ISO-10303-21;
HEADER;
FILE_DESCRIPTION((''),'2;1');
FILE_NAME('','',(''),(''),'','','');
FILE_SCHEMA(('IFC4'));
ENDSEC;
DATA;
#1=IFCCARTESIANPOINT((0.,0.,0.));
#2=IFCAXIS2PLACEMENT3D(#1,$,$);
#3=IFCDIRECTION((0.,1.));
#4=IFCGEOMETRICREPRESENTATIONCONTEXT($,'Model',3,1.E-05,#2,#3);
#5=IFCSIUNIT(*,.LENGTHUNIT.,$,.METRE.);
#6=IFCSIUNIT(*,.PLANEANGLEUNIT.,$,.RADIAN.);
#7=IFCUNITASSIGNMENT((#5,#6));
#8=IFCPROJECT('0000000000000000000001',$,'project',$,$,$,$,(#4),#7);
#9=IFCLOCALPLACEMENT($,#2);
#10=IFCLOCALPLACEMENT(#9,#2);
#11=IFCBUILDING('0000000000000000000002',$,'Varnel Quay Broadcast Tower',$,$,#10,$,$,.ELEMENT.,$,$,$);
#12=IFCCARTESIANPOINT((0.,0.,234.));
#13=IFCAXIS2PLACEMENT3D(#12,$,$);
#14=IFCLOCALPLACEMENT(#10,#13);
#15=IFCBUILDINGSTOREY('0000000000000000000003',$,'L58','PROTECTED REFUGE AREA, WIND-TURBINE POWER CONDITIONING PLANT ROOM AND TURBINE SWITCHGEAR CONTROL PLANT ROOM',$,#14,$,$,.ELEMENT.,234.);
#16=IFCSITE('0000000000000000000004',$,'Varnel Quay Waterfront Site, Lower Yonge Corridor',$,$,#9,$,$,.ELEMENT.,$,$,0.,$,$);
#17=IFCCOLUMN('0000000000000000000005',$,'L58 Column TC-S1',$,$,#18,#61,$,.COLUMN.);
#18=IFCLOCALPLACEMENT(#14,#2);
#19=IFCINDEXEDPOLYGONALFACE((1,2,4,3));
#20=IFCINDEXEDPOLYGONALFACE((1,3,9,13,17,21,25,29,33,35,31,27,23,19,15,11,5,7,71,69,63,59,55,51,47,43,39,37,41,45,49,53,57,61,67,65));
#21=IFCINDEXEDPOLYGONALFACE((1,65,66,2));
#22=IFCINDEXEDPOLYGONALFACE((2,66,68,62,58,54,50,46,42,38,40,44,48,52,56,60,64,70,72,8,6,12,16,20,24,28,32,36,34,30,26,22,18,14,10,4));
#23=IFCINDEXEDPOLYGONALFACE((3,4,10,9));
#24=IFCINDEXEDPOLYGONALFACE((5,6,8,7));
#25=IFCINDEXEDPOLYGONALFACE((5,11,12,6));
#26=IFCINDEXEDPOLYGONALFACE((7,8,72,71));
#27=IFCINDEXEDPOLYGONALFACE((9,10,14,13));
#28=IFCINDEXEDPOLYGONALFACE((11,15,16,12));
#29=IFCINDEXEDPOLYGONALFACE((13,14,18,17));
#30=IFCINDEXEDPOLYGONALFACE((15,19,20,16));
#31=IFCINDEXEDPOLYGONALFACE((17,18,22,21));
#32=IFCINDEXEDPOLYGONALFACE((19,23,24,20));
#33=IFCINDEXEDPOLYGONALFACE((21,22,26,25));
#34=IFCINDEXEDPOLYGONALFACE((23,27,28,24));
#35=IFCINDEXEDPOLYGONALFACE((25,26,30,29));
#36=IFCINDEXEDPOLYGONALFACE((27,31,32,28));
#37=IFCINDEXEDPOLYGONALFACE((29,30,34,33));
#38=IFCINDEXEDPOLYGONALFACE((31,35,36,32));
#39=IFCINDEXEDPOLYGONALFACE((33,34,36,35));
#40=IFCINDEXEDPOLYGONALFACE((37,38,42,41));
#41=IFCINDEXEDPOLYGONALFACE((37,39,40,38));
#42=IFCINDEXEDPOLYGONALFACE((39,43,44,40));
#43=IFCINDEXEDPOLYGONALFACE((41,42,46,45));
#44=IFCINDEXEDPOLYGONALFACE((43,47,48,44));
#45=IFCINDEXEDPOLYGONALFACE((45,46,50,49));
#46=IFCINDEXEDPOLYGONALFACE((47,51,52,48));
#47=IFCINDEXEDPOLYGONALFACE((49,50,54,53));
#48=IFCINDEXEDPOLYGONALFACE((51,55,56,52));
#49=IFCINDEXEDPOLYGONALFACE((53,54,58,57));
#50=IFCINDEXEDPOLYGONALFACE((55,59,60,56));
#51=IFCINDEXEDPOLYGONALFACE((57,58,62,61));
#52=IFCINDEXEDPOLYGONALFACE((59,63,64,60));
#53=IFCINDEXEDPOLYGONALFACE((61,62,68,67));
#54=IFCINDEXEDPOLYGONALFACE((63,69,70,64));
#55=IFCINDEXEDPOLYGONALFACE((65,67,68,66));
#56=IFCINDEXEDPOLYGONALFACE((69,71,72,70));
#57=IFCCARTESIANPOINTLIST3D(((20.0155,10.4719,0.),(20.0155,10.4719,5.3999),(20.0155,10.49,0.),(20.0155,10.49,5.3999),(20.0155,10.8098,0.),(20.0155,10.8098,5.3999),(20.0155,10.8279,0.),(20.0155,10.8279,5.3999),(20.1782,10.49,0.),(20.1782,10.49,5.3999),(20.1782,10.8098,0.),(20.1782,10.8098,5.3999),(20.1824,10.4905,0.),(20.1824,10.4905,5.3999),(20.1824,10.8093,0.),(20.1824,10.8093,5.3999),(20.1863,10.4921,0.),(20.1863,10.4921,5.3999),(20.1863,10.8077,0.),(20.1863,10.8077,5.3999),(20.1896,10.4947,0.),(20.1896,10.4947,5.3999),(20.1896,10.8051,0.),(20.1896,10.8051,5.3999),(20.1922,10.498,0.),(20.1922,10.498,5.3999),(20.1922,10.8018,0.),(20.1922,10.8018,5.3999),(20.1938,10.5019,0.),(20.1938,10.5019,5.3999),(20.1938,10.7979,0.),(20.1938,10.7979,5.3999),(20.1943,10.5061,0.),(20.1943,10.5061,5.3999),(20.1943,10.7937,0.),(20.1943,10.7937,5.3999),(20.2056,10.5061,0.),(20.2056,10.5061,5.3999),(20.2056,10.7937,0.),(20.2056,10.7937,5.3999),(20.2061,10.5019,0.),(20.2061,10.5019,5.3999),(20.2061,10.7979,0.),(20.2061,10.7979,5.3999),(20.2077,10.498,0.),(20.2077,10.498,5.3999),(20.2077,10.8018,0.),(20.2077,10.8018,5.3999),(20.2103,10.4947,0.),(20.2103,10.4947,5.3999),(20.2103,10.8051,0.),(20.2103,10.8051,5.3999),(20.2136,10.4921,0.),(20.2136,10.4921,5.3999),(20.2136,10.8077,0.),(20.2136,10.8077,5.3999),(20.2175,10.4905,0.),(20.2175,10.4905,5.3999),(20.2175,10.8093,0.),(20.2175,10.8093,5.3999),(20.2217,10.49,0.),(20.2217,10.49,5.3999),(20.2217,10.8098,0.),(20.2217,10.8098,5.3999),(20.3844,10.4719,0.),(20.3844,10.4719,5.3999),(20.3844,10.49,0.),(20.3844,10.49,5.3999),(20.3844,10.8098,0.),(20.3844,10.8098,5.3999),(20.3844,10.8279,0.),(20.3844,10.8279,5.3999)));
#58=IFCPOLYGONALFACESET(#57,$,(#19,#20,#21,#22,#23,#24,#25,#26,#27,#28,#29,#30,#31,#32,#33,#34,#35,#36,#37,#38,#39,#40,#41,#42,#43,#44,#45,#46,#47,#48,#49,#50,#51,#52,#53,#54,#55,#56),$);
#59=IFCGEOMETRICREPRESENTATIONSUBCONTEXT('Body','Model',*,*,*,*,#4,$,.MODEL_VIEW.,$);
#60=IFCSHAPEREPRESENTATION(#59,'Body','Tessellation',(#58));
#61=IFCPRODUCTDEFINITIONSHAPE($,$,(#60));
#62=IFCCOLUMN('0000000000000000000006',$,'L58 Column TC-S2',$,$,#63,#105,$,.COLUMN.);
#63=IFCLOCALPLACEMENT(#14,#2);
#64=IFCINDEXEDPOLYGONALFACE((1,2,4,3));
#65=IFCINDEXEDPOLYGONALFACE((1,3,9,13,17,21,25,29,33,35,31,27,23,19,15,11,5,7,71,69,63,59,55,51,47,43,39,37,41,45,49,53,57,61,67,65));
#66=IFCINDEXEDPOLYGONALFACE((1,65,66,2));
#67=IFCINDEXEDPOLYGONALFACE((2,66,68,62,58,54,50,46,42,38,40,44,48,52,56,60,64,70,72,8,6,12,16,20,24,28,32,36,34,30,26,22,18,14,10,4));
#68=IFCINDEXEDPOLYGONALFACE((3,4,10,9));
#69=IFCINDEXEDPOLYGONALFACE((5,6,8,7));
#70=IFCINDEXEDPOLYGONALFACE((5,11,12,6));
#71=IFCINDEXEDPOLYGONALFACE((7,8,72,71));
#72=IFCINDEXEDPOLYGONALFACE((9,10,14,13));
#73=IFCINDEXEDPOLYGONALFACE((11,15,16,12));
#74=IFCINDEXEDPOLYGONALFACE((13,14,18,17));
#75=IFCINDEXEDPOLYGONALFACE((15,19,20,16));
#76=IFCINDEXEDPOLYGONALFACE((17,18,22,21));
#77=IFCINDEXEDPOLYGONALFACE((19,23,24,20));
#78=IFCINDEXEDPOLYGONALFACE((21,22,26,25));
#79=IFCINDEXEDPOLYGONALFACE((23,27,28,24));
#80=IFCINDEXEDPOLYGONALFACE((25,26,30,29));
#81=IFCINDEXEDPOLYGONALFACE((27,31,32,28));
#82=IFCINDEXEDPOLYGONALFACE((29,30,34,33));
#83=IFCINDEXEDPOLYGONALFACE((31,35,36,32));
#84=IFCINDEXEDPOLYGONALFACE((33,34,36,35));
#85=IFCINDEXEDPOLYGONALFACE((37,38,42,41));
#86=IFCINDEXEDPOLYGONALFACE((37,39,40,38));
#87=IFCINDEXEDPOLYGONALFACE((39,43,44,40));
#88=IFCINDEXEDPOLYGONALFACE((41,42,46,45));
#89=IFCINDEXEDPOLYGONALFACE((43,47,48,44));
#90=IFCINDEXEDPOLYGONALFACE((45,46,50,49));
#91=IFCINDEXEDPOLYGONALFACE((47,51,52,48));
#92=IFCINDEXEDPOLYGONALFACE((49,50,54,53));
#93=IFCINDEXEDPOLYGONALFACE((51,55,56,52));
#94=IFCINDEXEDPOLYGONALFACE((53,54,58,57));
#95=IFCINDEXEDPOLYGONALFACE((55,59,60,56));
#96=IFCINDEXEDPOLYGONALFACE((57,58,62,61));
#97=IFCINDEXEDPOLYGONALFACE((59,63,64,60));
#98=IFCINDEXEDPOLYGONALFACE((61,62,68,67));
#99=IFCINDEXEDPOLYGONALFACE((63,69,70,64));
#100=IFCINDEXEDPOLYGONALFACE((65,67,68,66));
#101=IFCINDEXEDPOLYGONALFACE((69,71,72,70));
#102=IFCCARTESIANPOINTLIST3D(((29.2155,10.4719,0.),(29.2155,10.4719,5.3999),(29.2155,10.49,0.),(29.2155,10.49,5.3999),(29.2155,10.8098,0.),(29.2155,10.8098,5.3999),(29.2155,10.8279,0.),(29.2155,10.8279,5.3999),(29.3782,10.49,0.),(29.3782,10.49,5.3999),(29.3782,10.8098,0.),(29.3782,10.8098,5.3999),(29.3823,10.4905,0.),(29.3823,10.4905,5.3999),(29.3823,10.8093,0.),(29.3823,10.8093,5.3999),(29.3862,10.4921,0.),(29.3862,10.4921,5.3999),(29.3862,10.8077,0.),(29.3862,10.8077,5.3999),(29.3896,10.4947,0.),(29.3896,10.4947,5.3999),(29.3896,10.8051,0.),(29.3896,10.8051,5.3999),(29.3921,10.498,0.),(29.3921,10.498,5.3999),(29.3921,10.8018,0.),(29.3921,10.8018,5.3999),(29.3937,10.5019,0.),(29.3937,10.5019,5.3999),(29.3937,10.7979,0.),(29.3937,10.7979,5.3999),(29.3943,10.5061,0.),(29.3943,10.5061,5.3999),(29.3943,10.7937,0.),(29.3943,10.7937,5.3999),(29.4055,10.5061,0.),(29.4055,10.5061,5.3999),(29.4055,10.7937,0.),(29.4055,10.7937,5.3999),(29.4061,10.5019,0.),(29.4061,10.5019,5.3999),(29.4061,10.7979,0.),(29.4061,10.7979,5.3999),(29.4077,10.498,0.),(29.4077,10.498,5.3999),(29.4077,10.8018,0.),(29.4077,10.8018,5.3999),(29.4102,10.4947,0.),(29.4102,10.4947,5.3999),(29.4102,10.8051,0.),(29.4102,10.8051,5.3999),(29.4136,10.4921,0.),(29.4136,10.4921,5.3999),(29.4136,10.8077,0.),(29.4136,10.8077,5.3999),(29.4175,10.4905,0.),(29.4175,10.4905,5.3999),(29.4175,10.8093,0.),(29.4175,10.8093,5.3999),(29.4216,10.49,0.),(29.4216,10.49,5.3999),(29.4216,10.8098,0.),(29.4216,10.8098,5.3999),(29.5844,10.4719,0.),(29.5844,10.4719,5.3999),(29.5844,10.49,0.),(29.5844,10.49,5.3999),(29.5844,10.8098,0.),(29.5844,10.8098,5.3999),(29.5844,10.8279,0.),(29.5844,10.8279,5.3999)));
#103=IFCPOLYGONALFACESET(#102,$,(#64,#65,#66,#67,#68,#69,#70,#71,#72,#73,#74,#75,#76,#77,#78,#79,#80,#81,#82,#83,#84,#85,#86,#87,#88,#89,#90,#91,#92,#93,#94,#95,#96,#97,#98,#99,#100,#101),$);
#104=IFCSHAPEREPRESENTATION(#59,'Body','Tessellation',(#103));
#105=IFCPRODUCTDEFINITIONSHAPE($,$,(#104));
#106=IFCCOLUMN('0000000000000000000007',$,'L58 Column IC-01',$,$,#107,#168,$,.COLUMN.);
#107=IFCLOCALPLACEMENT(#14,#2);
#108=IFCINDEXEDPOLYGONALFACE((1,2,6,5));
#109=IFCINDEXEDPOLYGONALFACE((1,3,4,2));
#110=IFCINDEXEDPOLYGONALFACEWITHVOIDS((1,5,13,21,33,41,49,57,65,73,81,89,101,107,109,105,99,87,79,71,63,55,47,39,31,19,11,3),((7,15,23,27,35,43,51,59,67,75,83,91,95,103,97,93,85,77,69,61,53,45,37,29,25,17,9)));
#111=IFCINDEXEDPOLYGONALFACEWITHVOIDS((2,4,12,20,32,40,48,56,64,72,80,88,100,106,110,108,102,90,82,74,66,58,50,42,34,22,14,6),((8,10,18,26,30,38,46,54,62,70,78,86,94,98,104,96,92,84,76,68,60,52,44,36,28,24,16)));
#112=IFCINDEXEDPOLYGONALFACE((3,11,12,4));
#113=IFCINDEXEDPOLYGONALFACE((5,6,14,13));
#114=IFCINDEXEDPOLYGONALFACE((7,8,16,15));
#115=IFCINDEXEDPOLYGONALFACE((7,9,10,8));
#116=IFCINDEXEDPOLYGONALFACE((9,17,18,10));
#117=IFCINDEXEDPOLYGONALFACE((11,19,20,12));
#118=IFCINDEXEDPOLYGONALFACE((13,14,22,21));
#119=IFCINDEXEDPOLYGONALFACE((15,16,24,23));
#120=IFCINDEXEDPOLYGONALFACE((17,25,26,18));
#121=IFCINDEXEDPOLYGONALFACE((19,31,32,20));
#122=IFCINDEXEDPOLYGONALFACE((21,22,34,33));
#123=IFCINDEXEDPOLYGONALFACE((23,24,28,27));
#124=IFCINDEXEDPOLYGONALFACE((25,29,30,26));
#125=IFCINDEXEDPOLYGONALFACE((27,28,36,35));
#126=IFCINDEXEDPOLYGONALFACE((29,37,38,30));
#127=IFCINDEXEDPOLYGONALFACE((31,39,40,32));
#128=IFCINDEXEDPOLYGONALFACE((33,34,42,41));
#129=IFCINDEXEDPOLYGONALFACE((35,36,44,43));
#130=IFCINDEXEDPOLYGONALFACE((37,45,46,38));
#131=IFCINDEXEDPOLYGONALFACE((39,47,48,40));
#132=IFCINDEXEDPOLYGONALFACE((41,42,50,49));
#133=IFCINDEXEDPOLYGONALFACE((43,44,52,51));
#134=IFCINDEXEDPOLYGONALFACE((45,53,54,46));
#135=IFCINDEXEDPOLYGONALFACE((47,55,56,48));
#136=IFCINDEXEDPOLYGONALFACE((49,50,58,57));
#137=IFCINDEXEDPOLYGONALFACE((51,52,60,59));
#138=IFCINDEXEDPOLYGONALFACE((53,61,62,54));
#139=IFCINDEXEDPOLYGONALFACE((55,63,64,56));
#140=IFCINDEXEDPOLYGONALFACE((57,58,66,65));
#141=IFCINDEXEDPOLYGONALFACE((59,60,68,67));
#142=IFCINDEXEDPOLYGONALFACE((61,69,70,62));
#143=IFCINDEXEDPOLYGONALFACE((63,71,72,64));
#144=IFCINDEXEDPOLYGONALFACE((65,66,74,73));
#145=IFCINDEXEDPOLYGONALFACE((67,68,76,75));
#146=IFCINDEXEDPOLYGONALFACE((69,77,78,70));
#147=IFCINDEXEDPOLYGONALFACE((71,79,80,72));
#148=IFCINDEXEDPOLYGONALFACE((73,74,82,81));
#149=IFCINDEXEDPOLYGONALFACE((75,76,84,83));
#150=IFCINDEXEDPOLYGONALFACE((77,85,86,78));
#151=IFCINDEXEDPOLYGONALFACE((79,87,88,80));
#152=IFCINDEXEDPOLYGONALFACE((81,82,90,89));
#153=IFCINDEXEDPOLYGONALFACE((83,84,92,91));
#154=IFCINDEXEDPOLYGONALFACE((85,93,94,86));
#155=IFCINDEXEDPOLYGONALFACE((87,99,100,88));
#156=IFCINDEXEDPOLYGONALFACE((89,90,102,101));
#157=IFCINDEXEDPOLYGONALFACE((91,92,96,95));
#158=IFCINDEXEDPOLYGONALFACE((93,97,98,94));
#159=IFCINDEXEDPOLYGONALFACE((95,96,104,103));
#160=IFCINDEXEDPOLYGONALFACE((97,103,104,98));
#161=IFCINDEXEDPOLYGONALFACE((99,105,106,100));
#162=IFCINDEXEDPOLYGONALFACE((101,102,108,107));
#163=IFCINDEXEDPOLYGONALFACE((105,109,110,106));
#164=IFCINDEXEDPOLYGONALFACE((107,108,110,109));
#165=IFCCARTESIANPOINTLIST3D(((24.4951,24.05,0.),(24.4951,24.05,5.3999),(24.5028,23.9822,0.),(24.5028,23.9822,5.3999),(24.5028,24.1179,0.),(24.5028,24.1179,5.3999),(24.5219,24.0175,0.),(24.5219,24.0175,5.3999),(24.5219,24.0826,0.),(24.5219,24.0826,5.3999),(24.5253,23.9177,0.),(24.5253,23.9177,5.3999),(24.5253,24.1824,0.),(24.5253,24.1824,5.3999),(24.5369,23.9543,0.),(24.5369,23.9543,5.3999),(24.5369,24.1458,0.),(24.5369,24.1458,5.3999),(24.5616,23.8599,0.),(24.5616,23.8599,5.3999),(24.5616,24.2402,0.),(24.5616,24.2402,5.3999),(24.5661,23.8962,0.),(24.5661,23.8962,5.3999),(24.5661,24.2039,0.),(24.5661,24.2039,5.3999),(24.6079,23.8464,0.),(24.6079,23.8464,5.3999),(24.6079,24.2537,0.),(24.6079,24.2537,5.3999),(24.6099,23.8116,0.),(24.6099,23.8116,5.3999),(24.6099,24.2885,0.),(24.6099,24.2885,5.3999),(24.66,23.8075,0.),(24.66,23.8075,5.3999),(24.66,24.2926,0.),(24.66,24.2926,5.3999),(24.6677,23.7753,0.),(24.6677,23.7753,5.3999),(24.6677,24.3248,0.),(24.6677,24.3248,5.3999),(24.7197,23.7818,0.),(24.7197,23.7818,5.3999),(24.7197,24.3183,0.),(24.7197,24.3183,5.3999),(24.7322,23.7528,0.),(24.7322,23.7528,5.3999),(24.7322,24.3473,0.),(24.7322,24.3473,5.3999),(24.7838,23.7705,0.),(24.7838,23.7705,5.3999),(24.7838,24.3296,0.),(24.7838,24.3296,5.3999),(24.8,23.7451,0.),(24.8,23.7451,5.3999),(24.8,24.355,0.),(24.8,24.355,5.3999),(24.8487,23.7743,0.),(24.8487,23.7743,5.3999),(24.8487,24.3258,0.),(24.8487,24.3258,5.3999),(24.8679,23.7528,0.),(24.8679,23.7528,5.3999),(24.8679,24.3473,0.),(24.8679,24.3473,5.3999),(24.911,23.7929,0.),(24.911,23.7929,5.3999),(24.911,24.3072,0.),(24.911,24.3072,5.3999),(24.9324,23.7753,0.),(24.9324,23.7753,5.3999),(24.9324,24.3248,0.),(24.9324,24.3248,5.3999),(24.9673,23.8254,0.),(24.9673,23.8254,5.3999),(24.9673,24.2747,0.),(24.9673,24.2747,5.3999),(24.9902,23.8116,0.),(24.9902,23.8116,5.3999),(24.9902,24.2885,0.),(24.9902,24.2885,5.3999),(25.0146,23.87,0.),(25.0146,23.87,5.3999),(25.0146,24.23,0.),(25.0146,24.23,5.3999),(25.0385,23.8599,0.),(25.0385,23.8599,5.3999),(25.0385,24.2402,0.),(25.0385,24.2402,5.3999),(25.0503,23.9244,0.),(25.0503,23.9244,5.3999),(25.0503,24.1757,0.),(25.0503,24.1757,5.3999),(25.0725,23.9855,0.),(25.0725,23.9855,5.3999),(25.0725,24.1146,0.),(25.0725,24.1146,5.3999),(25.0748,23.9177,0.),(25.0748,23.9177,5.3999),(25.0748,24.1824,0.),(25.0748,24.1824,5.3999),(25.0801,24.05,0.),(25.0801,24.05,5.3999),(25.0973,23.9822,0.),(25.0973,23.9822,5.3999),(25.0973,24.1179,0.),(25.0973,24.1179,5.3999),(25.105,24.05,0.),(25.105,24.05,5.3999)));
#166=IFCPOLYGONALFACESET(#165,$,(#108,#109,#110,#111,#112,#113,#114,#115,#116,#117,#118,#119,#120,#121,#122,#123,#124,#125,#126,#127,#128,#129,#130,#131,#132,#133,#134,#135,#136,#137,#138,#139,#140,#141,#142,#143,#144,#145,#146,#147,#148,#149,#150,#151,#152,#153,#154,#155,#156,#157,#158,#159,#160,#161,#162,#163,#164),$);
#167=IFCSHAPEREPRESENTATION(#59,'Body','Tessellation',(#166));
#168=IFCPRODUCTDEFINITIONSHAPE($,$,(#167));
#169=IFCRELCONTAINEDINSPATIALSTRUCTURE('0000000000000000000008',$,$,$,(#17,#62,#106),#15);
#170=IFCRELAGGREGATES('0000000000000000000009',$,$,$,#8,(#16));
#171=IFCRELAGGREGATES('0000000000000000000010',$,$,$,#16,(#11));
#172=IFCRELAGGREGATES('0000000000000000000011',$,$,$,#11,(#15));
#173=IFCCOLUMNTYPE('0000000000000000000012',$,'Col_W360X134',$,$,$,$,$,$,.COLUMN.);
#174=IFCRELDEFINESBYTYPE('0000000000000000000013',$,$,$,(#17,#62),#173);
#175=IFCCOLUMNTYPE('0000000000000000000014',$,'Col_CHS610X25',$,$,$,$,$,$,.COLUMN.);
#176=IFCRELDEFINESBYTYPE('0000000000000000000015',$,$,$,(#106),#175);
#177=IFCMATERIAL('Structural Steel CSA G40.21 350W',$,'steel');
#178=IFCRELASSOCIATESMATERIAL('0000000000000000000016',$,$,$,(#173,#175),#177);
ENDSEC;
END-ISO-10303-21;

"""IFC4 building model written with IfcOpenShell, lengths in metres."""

from ifc_helpers import new_model, si_unit, direction, frame, origin, origin_2d, place, context, subcontext, project, spatial, hollow_circle, i_section, extrude, source, transform, mapped, material, material_profile, profile_set, type_object, type_shapes, element, save


model = new_model("IFC4")

# Units and contexts
model_context = context("Model", 3, precision=1e-05, world=origin(), true_north=direction((0.0, 1.0)))
body_context = subcontext(model_context, "Body", "Model", "MODEL_VIEW")
ifc_project = project(units=[si_unit("LENGTHUNIT", "METRE"), si_unit("PLANEANGLEUNIT", "RADIAN")], contexts=[model_context])

# Site, building, storey
site_placement = place(None, origin())
site = spatial("IfcSite", under=ifc_project, at=site_placement, Name="Varnel Quay Waterfront Site, Lower Yonge Corridor", CompositionType="ELEMENT", RefElevation=0.0)
building_placement = place(site_placement, origin())
building = spatial("IfcBuilding", under=site, at=building_placement, Name="Varnel Quay Broadcast Tower", CompositionType="ELEMENT")
storey_placement = place(building_placement, frame((0.0, 0.0, 234.0)))
storey = spatial("IfcBuildingStorey", under=building, at=storey_placement, Name="L58", Description="PROTECTED REFUGE AREA, WIND-TURBINE POWER CONDITIONING PLANT ROOM AND TURBINE SWITCHGEAR CONTROL PLANT ROOM", CompositionType="ELEMENT", Elevation=234.0)

# Columns
ifc_material_1 = material(Name="Structural Steel CSA G40.21 350W", Category="steel")
ifc_material_profile_1 = material_profile(ifc_material_1, i_section(OverallWidth=0.3689, OverallDepth=0.356, WebThickness=0.0112, FlangeThickness=0.0181, FilletRadius=0.0161, at=origin_2d()), Name="W360X134")
ifc_profile_set_1 = profile_set([ifc_material_profile_1], Name="Structural Steel CSA G40.21 350W")
column_type_1 = type_object("IfcColumnType", Name="Col_W360X134", PredefinedType="COLUMN", material=ifc_profile_set_1)
shared_shape_1 = source(origin(), body_context, "Body", "SweptSolid", [
    extrude(i_section(OverallWidth=0.3689, OverallDepth=0.356, WebThickness=0.0112, FlangeThickness=0.0181, FilletRadius=0.0161, at=origin_2d()), origin(), (0.0, 0.0, 1.0), 5.3999),
])
type_shapes(column_type_1, [shared_shape_1])
for number, where, z_axis, x_axis, name in (
    (1, (20.2, 10.6499, 0.0), (0.0, 0.0, 1.0), (1.0, 0.0, 0.0), "L58 Column TC-S1"),
    (2, (29.3999, 10.6499, 0.0), (0.0, 0.0, 1.0), (1.0, 0.0, 0.0), "L58 Column TC-S2"),
):
    element("IfcColumn", number, at=place(storey_placement, frame(where, z_axis=z_axis, x_axis=x_axis)), inside=storey, type_object=column_type_1, Name=name, PredefinedType="COLUMN", context=body_context, shape_type="MappedRepresentation", body=[
        mapped(shared_shape_1, transform((0.0, 0.0, 0.0), x_axis=(1.0, 0.0, 0.0), y_axis=(0.0, 1.0, 0.0), z_axis=(0.0, 0.0, 1.0), scale=1.0)),
    ])
ifc_material_profile_2 = material_profile(ifc_material_1, hollow_circle(Radius=0.3049, WallThickness=0.0249, at=origin_2d()), Name="CHS610X25")
ifc_profile_set_2 = profile_set([ifc_material_profile_2], Name="Structural Steel CSA G40.21 350W")
column_type_2 = type_object("IfcColumnType", Name="Col_CHS610X25", PredefinedType="COLUMN", material=ifc_profile_set_2)
shared_shape_2 = source(origin(), body_context, "Body", "SweptSolid", [
    extrude(hollow_circle(Radius=0.3049, WallThickness=0.0249, at=origin_2d()), origin(), (0.0, 0.0, 1.0), 5.3999),
])
type_shapes(column_type_2, [shared_shape_2])
column_placement = place(storey_placement, frame((24.8, 24.05, 0.0), z_axis=(0.0, 0.0, 1.0), x_axis=(1.0, 0.0, 0.0)))
element("IfcColumn", 3, at=column_placement, inside=storey, type_object=column_type_2, Name="L58 Column IC-01", PredefinedType="COLUMN", context=body_context, shape_type="MappedRepresentation", body=[
    mapped(shared_shape_2, transform((0.0, 0.0, 0.0), x_axis=(1.0, 0.0, 0.0), y_axis=(0.0, 1.0, 0.0), z_axis=(0.0, 0.0, 1.0), scale=1.0)),
])

save(model, "model.ifc")
